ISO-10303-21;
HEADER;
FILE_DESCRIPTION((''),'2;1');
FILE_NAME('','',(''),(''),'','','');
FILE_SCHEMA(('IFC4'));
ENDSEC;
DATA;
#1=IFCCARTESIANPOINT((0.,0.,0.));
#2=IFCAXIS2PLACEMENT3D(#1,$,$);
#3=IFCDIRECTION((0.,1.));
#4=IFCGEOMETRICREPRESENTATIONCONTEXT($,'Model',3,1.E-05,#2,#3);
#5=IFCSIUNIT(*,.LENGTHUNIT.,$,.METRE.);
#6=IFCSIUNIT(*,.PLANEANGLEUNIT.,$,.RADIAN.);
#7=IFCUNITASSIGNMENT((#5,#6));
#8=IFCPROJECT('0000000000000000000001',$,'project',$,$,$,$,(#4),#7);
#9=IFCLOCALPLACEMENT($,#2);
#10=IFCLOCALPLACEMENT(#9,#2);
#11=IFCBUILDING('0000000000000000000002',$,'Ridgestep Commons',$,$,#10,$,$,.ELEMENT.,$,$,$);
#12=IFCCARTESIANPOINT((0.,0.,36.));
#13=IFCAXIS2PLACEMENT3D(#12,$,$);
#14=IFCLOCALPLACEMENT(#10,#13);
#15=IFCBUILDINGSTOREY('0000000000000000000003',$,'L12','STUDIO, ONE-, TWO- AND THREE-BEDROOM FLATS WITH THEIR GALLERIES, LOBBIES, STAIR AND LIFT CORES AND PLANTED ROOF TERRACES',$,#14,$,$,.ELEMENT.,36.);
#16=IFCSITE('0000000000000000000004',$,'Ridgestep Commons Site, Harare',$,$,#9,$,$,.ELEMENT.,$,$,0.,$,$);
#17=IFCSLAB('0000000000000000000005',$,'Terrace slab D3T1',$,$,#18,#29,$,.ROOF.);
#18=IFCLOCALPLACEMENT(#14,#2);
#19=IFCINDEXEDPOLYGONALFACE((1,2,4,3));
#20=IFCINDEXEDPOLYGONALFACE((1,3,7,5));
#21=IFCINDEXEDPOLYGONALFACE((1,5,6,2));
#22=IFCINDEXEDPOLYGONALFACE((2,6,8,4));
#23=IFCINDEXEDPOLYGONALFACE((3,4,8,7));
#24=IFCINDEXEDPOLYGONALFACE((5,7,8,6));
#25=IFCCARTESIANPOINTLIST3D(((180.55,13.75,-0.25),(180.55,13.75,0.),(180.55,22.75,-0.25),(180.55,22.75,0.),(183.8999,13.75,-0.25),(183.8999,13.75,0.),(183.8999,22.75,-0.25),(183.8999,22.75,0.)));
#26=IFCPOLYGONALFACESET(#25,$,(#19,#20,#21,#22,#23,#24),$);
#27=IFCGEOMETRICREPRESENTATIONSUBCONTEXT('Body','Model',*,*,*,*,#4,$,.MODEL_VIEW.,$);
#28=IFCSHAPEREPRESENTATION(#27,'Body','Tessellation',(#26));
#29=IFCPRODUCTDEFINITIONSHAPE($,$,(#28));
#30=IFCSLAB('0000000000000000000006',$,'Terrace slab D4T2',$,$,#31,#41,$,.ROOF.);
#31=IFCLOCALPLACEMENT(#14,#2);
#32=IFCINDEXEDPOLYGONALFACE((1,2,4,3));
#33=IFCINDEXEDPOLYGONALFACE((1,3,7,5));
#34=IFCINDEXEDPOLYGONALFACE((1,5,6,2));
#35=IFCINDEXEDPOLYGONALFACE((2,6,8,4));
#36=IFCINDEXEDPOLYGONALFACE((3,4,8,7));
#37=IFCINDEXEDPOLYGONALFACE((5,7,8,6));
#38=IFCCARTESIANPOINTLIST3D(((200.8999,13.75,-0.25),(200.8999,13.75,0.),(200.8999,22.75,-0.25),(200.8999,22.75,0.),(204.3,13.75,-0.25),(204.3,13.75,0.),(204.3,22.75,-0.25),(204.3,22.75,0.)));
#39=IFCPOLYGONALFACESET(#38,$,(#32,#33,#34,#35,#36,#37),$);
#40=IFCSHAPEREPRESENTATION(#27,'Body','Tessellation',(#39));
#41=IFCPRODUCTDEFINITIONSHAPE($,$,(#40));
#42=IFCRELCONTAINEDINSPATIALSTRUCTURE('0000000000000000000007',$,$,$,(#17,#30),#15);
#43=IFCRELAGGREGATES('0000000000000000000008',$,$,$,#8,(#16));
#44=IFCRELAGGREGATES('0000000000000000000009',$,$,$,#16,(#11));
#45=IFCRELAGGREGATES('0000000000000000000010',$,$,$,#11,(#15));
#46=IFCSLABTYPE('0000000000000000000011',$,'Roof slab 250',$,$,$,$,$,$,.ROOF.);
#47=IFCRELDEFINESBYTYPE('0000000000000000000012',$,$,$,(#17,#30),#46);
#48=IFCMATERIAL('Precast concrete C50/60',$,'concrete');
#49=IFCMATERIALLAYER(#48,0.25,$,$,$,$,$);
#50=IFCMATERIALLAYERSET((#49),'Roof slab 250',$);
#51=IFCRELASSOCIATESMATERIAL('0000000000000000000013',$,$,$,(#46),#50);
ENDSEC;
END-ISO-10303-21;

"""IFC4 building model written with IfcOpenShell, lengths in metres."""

from ifc_helpers import new_model, si_unit, direction, frame, origin, place, context, subcontext, project, spatial, polyline, outline, extrude, material, layer, layer_set, type_object, element, save


model = new_model("IFC4")

# Units and contexts
model_context = context("Model", 3, precision=1e-05, world=origin(), true_north=direction((0.0, 1.0)))
body_context = subcontext(model_context, "Body", "Model", "MODEL_VIEW")
ifc_project = project(units=[si_unit("LENGTHUNIT", "METRE"), si_unit("PLANEANGLEUNIT", "RADIAN")], contexts=[model_context])

# Site, building, storey
site_placement = place(None, origin())
site = spatial("IfcSite", under=ifc_project, at=site_placement, Name="Ridgestep Commons Site, Harare", CompositionType="ELEMENT", RefElevation=0.0)
building_placement = place(site_placement, origin())
building = spatial("IfcBuilding", under=site, at=building_placement, Name="Ridgestep Commons", CompositionType="ELEMENT")
storey_placement = place(building_placement, frame((0.0, 0.0, 36.0)))
storey = spatial("IfcBuildingStorey", under=building, at=storey_placement, Name="L12", Description="STUDIO, ONE-, TWO- AND THREE-BEDROOM FLATS WITH THEIR GALLERIES, LOBBIES, STAIR AND LIFT CORES AND PLANTED ROOF TERRACES", CompositionType="ELEMENT", Elevation=36.0)

# Shared definitions
ifc_material_1 = material(Name="Precast concrete C50/60", Category="concrete")
ifc_layer_1 = layer(ifc_material_1, 0.25)
ifc_layer_set_1 = layer_set([ifc_layer_1], Name="Roof slab 250")
slab_type_1 = type_object("IfcSlabType", Name="Roof slab 250", PredefinedType="ROOF", material=ifc_layer_set_1)

# Slabs
slab_1_placement = place(storey_placement, frame((0.0, 0.0, -0.25)))
element("IfcSlab", 1, at=slab_1_placement, inside=storey, type_object=slab_type_1, Name="Terrace slab D3T1", PredefinedType="ROOF", context=body_context, shape_type="SweptSolid", body=[
    extrude(outline(polyline([(183.8999, 13.75), (183.8999, 22.75), (180.55, 22.75), (180.55, 13.75), (183.8999, 13.75)])), origin(), (0.0, 0.0, 1.0), 0.25),
])
slab_2_placement = place(storey_placement, frame((0.0, 0.0, -0.25)))
element("IfcSlab", 2, at=slab_2_placement, inside=storey, type_object=slab_type_1, Name="Terrace slab D4T2", PredefinedType="ROOF", context=body_context, shape_type="SweptSolid", body=[
    extrude(outline(polyline([(204.3, 13.75), (204.3, 22.75), (200.8999, 22.75), (200.8999, 13.75), (204.3, 13.75)])), origin(), (0.0, 0.0, 1.0), 0.25),
])

save(model, "model.ifc")
